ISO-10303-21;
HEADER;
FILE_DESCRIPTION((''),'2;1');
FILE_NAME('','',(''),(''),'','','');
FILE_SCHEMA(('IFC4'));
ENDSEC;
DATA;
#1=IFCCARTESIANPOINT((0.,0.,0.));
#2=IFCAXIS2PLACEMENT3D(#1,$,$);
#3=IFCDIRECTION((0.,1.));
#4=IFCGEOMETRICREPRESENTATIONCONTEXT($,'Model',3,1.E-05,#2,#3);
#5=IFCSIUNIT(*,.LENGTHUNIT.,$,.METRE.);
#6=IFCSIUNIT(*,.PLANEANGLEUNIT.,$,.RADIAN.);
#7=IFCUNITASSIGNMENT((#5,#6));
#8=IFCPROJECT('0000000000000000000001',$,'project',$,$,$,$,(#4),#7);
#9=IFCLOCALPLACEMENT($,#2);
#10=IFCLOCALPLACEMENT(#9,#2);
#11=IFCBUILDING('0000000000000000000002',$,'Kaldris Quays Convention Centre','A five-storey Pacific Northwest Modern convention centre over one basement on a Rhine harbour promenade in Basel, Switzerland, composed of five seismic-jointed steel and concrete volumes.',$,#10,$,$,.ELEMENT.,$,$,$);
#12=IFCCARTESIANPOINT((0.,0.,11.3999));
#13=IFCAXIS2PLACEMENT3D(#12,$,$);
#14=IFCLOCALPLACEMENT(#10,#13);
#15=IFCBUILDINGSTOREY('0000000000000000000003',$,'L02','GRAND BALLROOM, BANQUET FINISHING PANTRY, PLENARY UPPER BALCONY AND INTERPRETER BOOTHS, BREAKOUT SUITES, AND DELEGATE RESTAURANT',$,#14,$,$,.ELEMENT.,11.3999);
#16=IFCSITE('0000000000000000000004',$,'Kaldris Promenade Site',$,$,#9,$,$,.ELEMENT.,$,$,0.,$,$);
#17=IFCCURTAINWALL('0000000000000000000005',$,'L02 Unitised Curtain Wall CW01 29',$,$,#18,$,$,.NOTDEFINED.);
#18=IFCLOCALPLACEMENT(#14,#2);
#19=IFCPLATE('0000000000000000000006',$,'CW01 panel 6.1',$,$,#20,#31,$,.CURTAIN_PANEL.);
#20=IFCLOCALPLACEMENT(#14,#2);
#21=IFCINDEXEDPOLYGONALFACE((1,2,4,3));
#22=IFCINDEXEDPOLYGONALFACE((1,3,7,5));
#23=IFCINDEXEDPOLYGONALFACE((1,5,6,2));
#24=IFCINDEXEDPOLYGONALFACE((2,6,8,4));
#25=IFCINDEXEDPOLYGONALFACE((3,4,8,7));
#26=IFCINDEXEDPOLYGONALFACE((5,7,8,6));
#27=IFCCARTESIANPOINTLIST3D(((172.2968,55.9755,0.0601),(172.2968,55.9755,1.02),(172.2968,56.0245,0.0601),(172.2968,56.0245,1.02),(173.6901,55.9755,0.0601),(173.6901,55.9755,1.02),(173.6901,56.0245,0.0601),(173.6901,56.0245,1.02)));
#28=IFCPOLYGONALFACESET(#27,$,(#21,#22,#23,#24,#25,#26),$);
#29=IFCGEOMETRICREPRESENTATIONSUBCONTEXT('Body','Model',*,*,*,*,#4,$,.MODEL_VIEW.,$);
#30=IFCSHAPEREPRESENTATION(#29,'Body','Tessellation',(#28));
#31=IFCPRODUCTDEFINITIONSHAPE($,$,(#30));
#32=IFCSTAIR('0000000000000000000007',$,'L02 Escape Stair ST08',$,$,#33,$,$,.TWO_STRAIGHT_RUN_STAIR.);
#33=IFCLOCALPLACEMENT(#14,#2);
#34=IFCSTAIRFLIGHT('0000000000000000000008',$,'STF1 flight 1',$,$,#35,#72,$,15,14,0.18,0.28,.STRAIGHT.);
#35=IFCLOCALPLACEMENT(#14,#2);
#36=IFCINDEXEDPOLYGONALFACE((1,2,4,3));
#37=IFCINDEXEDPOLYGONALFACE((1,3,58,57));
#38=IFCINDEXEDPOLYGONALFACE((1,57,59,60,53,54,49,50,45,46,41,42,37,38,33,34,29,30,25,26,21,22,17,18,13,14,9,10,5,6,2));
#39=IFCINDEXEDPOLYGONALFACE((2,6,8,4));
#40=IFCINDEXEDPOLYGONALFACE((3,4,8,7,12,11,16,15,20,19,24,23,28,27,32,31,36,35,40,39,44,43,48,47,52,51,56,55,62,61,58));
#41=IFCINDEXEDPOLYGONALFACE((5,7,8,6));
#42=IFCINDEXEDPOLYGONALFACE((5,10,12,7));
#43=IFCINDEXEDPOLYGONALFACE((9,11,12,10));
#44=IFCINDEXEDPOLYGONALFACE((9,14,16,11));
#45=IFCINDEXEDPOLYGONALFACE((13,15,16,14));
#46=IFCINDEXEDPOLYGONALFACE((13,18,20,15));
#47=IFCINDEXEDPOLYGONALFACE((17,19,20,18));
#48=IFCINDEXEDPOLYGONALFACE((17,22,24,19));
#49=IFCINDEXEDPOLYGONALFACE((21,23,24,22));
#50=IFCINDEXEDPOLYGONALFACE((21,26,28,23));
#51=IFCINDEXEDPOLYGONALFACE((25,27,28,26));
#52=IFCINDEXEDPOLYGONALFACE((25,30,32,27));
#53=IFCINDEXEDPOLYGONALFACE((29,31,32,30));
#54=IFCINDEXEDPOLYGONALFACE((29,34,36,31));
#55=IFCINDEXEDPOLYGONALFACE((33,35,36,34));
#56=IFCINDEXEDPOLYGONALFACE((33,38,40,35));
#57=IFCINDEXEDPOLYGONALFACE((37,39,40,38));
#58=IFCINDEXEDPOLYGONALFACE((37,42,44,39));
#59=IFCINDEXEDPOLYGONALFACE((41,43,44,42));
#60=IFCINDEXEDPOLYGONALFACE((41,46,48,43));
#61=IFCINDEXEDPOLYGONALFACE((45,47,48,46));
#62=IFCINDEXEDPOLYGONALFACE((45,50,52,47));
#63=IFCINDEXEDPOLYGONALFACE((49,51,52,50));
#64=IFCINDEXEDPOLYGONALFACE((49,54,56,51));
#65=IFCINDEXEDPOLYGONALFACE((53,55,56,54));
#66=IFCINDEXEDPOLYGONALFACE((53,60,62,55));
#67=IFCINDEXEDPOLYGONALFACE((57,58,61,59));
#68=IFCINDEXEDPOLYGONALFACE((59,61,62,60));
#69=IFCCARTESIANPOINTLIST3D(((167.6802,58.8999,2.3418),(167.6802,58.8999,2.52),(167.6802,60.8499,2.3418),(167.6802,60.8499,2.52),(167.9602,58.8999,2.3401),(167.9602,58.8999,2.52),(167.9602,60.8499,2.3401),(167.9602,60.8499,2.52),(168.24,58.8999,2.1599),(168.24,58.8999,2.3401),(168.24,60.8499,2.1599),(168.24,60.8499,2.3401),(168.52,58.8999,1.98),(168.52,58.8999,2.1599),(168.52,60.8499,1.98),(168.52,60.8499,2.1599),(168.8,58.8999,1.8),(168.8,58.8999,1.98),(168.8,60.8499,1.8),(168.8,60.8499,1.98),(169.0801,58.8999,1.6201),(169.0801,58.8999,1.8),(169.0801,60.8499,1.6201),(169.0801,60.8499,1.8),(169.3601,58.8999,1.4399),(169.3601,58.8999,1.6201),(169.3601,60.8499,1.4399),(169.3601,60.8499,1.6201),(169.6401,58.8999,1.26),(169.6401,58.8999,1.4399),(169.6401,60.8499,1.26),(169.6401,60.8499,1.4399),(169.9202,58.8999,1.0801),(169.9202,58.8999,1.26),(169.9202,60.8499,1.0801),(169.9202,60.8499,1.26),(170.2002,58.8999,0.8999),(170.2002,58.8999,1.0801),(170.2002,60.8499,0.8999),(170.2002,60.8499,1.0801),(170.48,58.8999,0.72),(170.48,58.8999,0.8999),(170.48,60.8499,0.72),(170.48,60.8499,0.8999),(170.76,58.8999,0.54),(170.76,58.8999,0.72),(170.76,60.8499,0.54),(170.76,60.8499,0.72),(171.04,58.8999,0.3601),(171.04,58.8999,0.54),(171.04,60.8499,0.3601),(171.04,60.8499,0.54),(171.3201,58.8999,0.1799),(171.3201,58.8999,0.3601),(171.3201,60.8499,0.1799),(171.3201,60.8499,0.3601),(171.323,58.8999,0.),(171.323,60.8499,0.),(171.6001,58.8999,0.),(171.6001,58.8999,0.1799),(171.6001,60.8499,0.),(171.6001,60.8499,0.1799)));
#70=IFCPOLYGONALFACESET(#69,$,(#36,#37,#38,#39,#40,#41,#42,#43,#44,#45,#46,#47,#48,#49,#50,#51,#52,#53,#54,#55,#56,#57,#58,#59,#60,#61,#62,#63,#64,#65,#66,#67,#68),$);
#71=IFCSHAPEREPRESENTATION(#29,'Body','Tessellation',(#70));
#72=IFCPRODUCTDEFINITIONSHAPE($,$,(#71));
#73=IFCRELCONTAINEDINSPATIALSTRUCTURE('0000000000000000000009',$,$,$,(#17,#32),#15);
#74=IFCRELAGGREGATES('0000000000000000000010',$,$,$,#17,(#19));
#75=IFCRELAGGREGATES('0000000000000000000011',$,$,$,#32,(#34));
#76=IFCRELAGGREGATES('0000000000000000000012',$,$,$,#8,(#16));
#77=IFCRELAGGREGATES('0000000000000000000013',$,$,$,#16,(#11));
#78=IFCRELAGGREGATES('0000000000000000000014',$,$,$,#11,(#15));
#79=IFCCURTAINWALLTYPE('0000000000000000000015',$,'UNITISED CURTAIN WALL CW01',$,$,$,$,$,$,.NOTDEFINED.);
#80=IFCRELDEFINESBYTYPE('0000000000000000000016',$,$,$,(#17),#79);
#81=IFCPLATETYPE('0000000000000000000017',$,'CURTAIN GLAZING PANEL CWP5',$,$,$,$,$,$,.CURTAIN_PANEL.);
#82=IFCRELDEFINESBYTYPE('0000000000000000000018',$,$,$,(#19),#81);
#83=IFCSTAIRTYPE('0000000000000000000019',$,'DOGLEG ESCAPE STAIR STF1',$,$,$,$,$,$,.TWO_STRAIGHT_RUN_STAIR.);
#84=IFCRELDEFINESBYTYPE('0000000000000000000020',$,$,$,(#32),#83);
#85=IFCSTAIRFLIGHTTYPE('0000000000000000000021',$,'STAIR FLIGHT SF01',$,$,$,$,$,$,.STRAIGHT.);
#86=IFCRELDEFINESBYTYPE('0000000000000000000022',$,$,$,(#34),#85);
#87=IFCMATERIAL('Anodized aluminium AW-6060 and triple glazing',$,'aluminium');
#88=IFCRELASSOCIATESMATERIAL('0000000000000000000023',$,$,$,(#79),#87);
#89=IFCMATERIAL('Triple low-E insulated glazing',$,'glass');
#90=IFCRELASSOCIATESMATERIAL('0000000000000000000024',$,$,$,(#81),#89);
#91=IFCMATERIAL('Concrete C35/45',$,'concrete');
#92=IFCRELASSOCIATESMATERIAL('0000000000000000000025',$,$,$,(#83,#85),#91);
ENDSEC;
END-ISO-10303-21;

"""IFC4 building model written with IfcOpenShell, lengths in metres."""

from ifc_helpers import new_model, si_unit, direction, frame, origin, origin_2d, place, context, subcontext, project, spatial, polyline, rectangle, outline, extrude, material, type_object, element, aggregate, save


model = new_model("IFC4")

# Units and contexts
model_context = context("Model", 3, precision=1e-05, world=origin(), true_north=direction((0.0, 1.0)))
body_context = subcontext(model_context, "Body", "Model", "MODEL_VIEW")
ifc_project = project(units=[si_unit("LENGTHUNIT", "METRE"), si_unit("PLANEANGLEUNIT", "RADIAN")], contexts=[model_context])

# Site, building, storey
site_placement = place(None, origin())
site = spatial("IfcSite", under=ifc_project, at=site_placement, Name="Kaldris Promenade Site", CompositionType="ELEMENT", RefElevation=0.0)
building_placement = place(site_placement, origin())
building = spatial("IfcBuilding", under=site, at=building_placement, Name="Kaldris Quays Convention Centre", Description="A five-storey Pacific Northwest Modern convention centre over one basement on a Rhine harbour promenade in Basel, Switzerland, composed of five seismic-jointed steel and concrete volumes.", CompositionType="ELEMENT")
storey_placement = place(building_placement, frame((0.0, 0.0, 11.3999)))
storey = spatial("IfcBuildingStorey", under=building, at=storey_placement, Name="L02", Description="GRAND BALLROOM, BANQUET FINISHING PANTRY, PLENARY UPPER BALCONY AND INTERPRETER BOOTHS, BREAKOUT SUITES, AND DELEGATE RESTAURANT", CompositionType="ELEMENT", Elevation=11.3999)

# Curtain wall, plate
ifc_material_1 = material(Name="Anodized aluminium AW-6060 and triple glazing", Category="aluminium")
curtain_wall_type = type_object("IfcCurtainWallType", Name="UNITISED CURTAIN WALL CW01", PredefinedType="NOTDEFINED", material=ifc_material_1)
curtain_wall_placement = place(storey_placement, origin())
curtain_wall = element("IfcCurtainWall", 1, at=curtain_wall_placement, inside=storey, type_object=curtain_wall_type, Name="L02 Unitised Curtain Wall CW01 29", PredefinedType="NOTDEFINED")
ifc_material_2 = material(Name="Triple low-E insulated glazing", Category="glass")
plate_type = type_object("IfcPlateType", Name="CURTAIN GLAZING PANEL CWP5", PredefinedType="CURTAIN_PANEL", material=ifc_material_2)
plate_1_placement = place(storey_placement, frame((172.9934, 56.0, 0.0601), z_axis=(0.0, 0.0, 1.0), x_axis=(1.0, 0.0, 0.0)))
plate_1 = element("IfcPlate", 2, at=plate_1_placement, type_object=plate_type, Name="CW01 panel 6.1", PredefinedType="CURTAIN_PANEL", context=body_context, shape_type="SweptSolid", body=[
    extrude(rectangle(XDim=1.3933, YDim=0.0491, at=origin_2d()), origin(), (0.0, 0.0, 1.0), 0.96),
])
aggregate(curtain_wall, [plate_1])

# Stair, stair flight
ifc_material_3 = material(Name="Concrete C35/45", Category="concrete")
stair_type = type_object("IfcStairType", Name="DOGLEG ESCAPE STAIR STF1", PredefinedType="TWO_STRAIGHT_RUN_STAIR", material=ifc_material_3)
stair_placement = place(storey_placement, origin())
stair = element("IfcStair", 3, at=stair_placement, inside=storey, type_object=stair_type, Name="L02 Escape Stair ST08", PredefinedType="TWO_STRAIGHT_RUN_STAIR")
stair_flight_type = type_object("IfcStairFlightType", Name="STAIR FLIGHT SF01", PredefinedType="STRAIGHT", material=ifc_material_3)
stair_flight_placement = place(storey_placement, frame((171.6001, 59.875, 0.0), z_axis=(0.0, 0.0, 1.0), x_axis=(-1.0, 0.0, 0.0)))
stair_flight = element("IfcStairFlight", 4, at=stair_flight_placement, type_object=stair_flight_type, Name="STF1 flight 1", NumberOfRisers=15, NumberOfTreads=14, PredefinedType="STRAIGHT", RiserHeight=0.18, TreadLength=0.28, context=body_context, shape_type="SweptSolid", body=[
    extrude(outline(polyline([(0.0, 0.0), (0.0, 0.1799), (0.28, 0.1799), (0.28, 0.3601), (0.5601, 0.3601), (0.5601, 0.54), (0.8401, 0.54), (0.8401, 0.72), (1.1201, 0.72), (1.1201, 0.8999), (1.3999, 0.8999), (1.3999, 1.0801), (1.6799, 1.0801), (1.6799, 1.26), (1.96, 1.26), (1.96, 1.4399), (2.24, 1.4399), (2.24, 1.6201), (2.52, 1.6201), (2.52, 1.8), (2.8, 1.8), (2.8, 1.98), (3.0801, 1.98), (3.0801, 2.1599), (3.3601, 2.1599), (3.3601, 2.3401), (3.6399, 2.3401), (3.6399, 2.52), (3.9199, 2.52), (3.9199, 2.7), (3.9199, 2.3418), (0.2771, 0.0), (0.0, 0.0)])), frame((0.0, 0.9751, 0.0), z_axis=(0.0, -1.0, 0.0), x_axis=(1.0, 0.0, 0.0)), (0.0, 0.0, 1.0), 1.95),
])
aggregate(stair, [stair_flight])

save(model, "model.ifc")
